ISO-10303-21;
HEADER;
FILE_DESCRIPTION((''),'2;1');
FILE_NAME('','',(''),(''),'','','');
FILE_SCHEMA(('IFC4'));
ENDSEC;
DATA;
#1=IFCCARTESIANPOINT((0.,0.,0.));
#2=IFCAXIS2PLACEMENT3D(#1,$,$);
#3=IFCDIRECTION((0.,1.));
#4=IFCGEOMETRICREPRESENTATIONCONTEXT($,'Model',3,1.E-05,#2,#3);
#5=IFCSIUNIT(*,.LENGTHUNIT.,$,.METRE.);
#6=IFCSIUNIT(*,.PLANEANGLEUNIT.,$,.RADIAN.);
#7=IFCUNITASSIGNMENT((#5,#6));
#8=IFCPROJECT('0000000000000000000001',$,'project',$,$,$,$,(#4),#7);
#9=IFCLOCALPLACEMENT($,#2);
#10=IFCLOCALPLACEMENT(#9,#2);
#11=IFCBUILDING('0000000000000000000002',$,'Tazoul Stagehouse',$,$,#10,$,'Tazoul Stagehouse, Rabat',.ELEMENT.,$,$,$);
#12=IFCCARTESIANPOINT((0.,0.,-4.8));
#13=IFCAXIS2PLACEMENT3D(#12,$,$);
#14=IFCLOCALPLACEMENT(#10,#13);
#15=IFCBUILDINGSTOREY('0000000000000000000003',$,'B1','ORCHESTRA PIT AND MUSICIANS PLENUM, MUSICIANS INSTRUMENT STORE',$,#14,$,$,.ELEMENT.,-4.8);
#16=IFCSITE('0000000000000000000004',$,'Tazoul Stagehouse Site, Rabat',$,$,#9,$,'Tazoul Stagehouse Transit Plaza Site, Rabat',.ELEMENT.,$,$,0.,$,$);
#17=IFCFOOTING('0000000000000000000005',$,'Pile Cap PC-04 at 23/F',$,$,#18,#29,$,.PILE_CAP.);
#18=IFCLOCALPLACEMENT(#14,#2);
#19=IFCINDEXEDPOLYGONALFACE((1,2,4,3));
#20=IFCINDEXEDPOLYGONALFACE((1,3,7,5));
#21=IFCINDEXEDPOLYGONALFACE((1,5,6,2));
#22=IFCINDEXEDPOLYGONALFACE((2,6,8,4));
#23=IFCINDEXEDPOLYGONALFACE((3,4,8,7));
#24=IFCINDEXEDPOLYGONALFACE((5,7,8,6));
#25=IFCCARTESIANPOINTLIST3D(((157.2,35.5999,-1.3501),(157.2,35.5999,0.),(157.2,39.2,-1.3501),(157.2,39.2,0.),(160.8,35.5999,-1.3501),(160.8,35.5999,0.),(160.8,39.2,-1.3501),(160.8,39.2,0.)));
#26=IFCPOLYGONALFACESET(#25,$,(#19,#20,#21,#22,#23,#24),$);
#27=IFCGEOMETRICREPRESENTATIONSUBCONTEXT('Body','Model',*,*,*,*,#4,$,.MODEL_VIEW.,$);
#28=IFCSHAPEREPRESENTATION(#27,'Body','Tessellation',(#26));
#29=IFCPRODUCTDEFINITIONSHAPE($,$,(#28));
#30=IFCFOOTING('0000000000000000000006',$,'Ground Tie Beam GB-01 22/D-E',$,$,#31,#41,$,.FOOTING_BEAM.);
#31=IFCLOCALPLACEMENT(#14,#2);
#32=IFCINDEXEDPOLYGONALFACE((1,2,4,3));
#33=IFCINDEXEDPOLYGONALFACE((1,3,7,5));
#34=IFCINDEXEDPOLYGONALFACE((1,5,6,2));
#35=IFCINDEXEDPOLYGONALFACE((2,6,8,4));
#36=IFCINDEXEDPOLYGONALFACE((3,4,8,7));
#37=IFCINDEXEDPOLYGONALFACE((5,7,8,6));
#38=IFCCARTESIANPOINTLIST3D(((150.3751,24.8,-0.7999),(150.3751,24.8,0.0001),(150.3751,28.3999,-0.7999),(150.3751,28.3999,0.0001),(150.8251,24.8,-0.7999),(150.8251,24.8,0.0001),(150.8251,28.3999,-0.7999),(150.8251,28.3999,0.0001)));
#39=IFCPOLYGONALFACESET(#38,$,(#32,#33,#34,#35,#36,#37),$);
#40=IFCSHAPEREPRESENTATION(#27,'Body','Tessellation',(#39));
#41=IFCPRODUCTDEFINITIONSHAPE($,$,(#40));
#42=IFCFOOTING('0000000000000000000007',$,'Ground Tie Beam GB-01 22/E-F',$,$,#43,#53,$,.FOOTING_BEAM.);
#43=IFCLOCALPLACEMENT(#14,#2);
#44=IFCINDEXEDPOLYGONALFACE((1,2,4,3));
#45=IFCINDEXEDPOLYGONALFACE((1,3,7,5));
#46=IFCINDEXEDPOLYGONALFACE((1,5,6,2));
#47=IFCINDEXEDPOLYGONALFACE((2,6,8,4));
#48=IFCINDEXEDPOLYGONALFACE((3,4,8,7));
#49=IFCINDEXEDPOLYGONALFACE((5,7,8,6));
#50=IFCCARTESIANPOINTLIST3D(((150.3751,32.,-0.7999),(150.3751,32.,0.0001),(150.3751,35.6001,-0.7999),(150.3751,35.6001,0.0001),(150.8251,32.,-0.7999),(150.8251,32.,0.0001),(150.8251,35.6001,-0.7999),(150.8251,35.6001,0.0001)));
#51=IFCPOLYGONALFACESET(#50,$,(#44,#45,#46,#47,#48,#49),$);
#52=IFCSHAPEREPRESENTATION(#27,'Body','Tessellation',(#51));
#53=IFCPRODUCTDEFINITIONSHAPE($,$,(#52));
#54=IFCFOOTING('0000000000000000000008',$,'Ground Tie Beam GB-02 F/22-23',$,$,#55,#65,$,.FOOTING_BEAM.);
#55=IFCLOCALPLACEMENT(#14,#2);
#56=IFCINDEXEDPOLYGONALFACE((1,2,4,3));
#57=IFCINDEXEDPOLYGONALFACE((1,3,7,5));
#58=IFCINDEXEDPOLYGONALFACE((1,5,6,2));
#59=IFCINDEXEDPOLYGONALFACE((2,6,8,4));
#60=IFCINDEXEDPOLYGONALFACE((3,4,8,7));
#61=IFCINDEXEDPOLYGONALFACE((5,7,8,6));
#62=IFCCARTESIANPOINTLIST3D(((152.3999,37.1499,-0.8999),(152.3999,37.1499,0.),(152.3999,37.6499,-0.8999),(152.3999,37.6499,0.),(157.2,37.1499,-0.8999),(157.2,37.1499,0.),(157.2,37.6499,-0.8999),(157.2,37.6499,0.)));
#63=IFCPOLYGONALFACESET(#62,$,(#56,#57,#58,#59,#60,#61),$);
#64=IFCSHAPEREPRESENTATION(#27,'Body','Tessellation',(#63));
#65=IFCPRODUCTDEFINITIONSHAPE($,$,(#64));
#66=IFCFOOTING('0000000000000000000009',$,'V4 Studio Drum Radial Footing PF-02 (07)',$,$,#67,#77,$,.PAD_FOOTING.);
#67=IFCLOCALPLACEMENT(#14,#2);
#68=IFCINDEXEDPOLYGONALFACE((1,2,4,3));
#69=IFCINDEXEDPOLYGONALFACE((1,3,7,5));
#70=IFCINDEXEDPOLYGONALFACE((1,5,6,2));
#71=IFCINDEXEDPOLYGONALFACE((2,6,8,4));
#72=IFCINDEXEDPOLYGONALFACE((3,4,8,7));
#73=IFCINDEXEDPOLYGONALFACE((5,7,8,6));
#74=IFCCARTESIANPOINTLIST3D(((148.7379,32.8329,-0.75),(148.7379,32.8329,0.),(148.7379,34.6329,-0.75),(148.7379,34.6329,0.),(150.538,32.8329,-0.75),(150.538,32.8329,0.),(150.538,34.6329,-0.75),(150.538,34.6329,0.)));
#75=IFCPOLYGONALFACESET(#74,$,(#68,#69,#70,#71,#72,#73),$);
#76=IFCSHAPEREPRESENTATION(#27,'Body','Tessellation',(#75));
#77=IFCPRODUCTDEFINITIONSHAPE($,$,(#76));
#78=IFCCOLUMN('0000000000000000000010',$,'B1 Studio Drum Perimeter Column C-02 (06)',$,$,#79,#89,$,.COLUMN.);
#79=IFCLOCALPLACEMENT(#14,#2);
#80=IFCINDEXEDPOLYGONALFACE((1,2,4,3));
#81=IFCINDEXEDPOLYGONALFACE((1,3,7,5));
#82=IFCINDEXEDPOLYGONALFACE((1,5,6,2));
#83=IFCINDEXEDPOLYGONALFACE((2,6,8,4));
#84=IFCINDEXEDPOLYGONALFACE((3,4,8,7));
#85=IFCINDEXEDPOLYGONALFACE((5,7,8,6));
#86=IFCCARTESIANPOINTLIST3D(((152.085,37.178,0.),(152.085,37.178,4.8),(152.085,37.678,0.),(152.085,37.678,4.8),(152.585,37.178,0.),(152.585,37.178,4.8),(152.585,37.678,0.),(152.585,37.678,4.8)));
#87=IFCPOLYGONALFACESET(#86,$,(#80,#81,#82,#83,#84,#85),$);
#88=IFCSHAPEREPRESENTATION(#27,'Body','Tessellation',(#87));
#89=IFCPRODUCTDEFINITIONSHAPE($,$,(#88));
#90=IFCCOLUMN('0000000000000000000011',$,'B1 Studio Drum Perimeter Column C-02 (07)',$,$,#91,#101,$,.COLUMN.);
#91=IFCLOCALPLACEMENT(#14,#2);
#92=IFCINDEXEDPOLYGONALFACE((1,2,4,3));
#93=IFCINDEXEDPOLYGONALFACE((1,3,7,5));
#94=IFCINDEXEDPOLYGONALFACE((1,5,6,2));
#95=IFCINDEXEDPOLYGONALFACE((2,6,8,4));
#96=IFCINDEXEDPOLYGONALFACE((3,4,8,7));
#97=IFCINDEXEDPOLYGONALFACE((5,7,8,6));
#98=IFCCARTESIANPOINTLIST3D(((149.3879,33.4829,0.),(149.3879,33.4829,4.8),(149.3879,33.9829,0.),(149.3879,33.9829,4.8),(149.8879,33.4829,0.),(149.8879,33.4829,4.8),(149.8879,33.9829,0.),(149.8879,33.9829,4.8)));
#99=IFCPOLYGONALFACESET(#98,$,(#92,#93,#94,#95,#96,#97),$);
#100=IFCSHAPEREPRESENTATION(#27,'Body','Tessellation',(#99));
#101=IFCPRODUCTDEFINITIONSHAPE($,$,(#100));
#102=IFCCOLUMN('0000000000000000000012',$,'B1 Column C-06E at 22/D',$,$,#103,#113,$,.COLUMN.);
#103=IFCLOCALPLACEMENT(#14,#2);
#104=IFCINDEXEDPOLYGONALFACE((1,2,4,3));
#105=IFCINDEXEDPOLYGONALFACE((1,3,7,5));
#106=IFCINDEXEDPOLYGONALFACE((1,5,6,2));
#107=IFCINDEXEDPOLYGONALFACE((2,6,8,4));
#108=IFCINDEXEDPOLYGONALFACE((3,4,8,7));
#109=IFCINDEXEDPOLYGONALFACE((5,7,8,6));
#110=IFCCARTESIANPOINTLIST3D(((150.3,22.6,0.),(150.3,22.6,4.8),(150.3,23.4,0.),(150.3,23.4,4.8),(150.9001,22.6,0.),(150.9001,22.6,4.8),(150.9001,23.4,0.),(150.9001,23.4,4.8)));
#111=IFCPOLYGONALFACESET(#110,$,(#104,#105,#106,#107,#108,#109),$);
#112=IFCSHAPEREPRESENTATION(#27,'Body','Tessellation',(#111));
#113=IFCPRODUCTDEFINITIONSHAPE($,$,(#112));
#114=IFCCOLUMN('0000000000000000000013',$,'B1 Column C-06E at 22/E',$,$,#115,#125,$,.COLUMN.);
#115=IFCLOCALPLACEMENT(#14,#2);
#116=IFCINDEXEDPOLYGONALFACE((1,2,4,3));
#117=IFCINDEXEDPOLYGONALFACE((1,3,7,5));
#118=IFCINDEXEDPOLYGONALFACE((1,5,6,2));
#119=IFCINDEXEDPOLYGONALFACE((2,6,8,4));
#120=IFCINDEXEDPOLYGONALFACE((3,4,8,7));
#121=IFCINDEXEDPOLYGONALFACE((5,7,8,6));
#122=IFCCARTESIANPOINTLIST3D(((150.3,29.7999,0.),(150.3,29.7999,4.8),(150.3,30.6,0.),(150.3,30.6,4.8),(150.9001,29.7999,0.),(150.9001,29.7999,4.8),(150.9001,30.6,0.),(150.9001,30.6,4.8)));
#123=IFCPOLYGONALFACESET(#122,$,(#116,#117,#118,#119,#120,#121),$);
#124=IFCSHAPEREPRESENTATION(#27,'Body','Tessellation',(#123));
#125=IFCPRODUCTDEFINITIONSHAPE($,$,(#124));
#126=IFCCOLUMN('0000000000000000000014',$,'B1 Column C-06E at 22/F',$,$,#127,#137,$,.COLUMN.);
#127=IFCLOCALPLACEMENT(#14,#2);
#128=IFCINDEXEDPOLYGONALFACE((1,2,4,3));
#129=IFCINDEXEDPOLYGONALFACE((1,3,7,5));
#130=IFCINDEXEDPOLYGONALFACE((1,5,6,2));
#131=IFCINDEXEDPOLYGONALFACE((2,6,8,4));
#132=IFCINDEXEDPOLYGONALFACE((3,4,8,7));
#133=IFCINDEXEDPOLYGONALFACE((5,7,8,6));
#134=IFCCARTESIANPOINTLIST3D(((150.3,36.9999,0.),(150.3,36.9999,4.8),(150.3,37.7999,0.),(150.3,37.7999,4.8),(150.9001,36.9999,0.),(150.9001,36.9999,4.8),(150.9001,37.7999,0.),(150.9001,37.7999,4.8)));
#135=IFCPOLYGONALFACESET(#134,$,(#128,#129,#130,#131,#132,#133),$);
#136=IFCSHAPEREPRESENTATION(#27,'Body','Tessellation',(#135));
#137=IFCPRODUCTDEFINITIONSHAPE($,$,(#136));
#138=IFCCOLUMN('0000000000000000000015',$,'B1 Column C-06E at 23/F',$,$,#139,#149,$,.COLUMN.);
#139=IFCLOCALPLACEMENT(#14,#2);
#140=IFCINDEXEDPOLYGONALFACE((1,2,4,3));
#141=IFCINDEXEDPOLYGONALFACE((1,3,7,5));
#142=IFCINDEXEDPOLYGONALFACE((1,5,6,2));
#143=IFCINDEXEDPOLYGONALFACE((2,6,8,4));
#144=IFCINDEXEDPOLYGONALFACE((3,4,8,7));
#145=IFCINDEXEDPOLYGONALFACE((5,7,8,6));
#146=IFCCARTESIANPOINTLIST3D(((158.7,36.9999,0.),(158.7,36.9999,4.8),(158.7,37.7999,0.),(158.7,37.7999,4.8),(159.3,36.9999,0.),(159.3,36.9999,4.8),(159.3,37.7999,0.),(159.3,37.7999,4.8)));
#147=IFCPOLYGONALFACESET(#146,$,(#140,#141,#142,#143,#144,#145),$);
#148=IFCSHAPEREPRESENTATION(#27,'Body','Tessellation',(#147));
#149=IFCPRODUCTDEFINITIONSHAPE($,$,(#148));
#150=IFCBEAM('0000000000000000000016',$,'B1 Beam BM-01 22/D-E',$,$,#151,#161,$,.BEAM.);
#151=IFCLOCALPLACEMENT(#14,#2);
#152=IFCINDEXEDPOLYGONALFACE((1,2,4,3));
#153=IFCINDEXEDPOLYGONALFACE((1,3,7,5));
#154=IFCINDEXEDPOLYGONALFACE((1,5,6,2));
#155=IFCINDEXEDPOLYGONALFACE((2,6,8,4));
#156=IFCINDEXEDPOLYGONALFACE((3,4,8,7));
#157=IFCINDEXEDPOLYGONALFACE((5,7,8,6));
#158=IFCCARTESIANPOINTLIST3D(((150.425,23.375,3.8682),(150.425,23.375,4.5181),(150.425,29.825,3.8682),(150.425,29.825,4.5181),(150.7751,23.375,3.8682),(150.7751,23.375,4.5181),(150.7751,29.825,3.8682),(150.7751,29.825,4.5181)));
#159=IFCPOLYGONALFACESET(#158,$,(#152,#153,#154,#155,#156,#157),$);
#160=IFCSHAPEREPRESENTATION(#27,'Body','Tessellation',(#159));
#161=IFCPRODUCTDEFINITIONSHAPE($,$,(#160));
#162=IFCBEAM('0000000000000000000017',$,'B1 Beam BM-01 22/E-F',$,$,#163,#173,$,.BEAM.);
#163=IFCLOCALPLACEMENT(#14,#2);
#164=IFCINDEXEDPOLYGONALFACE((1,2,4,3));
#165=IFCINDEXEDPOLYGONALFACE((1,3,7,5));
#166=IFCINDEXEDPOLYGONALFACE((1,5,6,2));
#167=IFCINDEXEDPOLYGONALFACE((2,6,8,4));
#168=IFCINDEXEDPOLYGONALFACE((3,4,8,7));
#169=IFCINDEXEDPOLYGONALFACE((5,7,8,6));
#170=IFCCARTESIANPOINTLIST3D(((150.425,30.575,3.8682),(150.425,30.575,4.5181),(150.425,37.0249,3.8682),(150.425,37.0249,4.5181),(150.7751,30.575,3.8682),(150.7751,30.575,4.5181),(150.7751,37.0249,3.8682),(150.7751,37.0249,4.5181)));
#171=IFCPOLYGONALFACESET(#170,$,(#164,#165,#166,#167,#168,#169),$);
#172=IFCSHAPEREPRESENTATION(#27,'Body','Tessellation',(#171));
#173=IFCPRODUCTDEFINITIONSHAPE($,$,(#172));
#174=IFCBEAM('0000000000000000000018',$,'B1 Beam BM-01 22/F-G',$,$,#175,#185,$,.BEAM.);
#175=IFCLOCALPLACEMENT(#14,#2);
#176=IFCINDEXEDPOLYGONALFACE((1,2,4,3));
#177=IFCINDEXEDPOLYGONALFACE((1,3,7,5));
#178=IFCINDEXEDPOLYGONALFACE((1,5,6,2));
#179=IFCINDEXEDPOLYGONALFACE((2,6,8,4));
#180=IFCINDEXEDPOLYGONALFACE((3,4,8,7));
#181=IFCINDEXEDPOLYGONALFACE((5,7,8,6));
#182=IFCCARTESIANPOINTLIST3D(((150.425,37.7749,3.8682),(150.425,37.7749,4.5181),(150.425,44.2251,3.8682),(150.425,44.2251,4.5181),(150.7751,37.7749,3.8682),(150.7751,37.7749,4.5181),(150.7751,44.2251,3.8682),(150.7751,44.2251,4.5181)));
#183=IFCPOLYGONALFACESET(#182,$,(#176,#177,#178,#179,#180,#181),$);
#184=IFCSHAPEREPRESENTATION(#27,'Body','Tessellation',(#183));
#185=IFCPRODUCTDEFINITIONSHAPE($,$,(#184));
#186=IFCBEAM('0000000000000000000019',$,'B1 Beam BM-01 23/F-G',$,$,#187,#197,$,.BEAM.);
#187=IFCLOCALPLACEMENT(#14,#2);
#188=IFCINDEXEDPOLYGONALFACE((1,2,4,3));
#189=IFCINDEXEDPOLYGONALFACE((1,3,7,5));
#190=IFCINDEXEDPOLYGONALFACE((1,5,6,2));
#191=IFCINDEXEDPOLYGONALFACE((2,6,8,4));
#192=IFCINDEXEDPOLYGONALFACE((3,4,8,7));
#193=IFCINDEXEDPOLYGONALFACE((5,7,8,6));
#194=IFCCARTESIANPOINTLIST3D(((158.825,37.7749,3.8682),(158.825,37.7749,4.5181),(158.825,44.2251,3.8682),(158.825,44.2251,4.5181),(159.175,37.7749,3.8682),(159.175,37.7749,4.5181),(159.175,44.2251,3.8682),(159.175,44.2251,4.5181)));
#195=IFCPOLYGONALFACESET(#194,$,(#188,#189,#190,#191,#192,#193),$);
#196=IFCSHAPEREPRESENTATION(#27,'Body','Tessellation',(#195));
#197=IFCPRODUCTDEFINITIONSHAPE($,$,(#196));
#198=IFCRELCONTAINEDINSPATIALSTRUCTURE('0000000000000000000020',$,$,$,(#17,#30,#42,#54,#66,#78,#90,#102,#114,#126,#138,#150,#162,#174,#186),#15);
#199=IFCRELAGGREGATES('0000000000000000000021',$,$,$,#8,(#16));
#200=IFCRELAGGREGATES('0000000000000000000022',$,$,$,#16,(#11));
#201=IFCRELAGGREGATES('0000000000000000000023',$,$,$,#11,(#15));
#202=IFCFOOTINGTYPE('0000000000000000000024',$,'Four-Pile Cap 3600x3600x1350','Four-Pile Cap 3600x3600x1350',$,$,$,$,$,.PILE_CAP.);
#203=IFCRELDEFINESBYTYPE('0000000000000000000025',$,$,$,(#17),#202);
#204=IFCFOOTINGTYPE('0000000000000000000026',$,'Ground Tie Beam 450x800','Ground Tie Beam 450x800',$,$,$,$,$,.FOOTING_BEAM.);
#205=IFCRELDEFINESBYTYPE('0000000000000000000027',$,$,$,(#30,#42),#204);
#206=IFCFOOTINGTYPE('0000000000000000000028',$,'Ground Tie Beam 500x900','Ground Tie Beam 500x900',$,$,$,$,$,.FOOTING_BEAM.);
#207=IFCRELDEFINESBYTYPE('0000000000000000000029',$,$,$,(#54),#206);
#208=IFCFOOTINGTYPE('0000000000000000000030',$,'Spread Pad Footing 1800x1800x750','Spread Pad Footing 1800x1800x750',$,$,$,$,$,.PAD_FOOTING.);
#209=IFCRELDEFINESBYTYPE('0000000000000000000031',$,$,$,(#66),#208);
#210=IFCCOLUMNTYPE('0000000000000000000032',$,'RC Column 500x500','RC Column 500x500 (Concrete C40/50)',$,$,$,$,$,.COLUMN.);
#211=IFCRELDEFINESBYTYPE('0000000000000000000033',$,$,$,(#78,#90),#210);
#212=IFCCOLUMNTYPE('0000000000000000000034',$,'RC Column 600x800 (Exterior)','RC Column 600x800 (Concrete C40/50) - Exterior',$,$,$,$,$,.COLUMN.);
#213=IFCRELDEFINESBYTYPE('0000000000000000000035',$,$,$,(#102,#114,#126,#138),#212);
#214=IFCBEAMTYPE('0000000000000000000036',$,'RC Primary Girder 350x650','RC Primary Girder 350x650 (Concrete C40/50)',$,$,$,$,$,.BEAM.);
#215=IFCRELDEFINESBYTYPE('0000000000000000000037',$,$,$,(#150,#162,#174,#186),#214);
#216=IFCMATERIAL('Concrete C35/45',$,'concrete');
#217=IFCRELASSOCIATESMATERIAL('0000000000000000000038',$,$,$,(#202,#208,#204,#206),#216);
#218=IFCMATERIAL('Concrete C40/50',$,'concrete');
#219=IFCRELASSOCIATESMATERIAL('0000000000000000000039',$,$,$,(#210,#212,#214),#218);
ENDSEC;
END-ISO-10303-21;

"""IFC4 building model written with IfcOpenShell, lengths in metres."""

from ifc_helpers import new_model, si_unit, direction, frame, origin, origin_2d, place, context, subcontext, project, spatial, rectangle, extrude, material, material_profile, profile_set, type_object, element, save


model = new_model("IFC4")

# Units and contexts
model_context = context("Model", 3, precision=1e-05, world=origin(), true_north=direction((0.0, 1.0)))
body_context = subcontext(model_context, "Body", "Model", "MODEL_VIEW")
ifc_project = project(units=[si_unit("LENGTHUNIT", "METRE"), si_unit("PLANEANGLEUNIT", "RADIAN")], contexts=[model_context])

# Site, building, storey
site_placement = place(None, origin())
site = spatial("IfcSite", under=ifc_project, at=site_placement, Name="Tazoul Stagehouse Site, Rabat", LongName="Tazoul Stagehouse Transit Plaza Site, Rabat", CompositionType="ELEMENT", RefElevation=0.0)
building_placement = place(site_placement, origin())
building = spatial("IfcBuilding", under=site, at=building_placement, Name="Tazoul Stagehouse", LongName="Tazoul Stagehouse, Rabat", CompositionType="ELEMENT")
storey_placement = place(building_placement, frame((0.0, 0.0, -4.8)))
storey = spatial("IfcBuildingStorey", under=building, at=storey_placement, Name="B1", Description="ORCHESTRA PIT AND MUSICIANS PLENUM, MUSICIANS INSTRUMENT STORE", CompositionType="ELEMENT", Elevation=-4.8)

# Shared definitions
ifc_material_1 = material(Name="Concrete C35/45", Category="concrete")

# Footings
footing_type_1 = type_object("IfcFootingType", Name="Four-Pile Cap 3600x3600x1350", Description="Four-Pile Cap 3600x3600x1350", PredefinedType="PILE_CAP", material=ifc_material_1)
for number, where, z_axis, x_axis, name in (
    (1, (159.0, 37.3999, -1.3501), (0.0, 0.0, 1.0), (1.0, 0.0, 0.0), "Pile Cap PC-04 at 23/F"),
):
    element("IfcFooting", number, at=place(storey_placement, frame(where, z_axis=z_axis, x_axis=x_axis)), inside=storey, type_object=footing_type_1, Name=name, PredefinedType="PILE_CAP", context=body_context, shape_type="SweptSolid", body=[
        extrude(rectangle(XDim=3.6001, YDim=3.6001, at=origin_2d()), origin(), (0.0, 0.0, 1.0), 1.3501),
    ])
ifc_material_profile_1 = material_profile(ifc_material_1, rectangle(XDim=0.45, YDim=0.8, at=origin_2d()), Name="RC 450x800")
ifc_profile_set_1 = profile_set([ifc_material_profile_1], Name="Concrete C35/45")
footing_type_2 = type_object("IfcFootingType", Name="Ground Tie Beam 450x800", Description="Ground Tie Beam 450x800", PredefinedType="FOOTING_BEAM", material=ifc_profile_set_1)
footing_1_placement = place(storey_placement, frame((150.6001, 24.8, -0.3999), z_axis=(0.0, 1.0, 0.0), x_axis=(-1.0, 0.0, 0.0)))
element("IfcFooting", 2, at=footing_1_placement, inside=storey, type_object=footing_type_2, Name="Ground Tie Beam GB-01 22/D-E", PredefinedType="FOOTING_BEAM", context=body_context, shape_type="SweptSolid", body=[
    extrude(rectangle(XDim=0.45, YDim=0.8, at=origin_2d()), origin(), (0.0, 0.0, 1.0), 3.5999),
])
footing_2_placement = place(storey_placement, frame((150.6001, 32.0, -0.3999), z_axis=(0.0, 1.0, 0.0), x_axis=(-1.0, 0.0, 0.0)))
element("IfcFooting", 3, at=footing_2_placement, inside=storey, type_object=footing_type_2, Name="Ground Tie Beam GB-01 22/E-F", PredefinedType="FOOTING_BEAM", context=body_context, shape_type="SweptSolid", body=[
    extrude(rectangle(XDim=0.45, YDim=0.8, at=origin_2d()), origin(), (0.0, 0.0, 1.0), 3.6001),
])
ifc_material_profile_2 = material_profile(ifc_material_1, rectangle(XDim=0.5, YDim=0.8999, at=origin_2d()), Name="RC 500x900")
ifc_profile_set_2 = profile_set([ifc_material_profile_2], Name="Concrete C35/45")
footing_type_3 = type_object("IfcFootingType", Name="Ground Tie Beam 500x900", Description="Ground Tie Beam 500x900", PredefinedType="FOOTING_BEAM", material=ifc_profile_set_2)
footing_3_placement = place(storey_placement, frame((152.3999, 37.3999, -0.45), z_axis=(1.0, 0.0, 0.0), x_axis=(0.0, 1.0, 0.0)))
element("IfcFooting", 4, at=footing_3_placement, inside=storey, type_object=footing_type_3, Name="Ground Tie Beam GB-02 F/22-23", PredefinedType="FOOTING_BEAM", context=body_context, shape_type="SweptSolid", body=[
    extrude(rectangle(XDim=0.5, YDim=0.8999, at=origin_2d()), origin(), (0.0, 0.0, 1.0), 4.8),
])
footing_type_4 = type_object("IfcFootingType", Name="Spread Pad Footing 1800x1800x750", Description="Spread Pad Footing 1800x1800x750", PredefinedType="PAD_FOOTING", material=ifc_material_1)
footing_4_placement = place(storey_placement, frame((149.6379, 33.7329, -0.75), z_axis=(0.0, 0.0, 1.0), x_axis=(1.0, 0.0, 0.0)))
element("IfcFooting", 5, at=footing_4_placement, inside=storey, type_object=footing_type_4, Name="V4 Studio Drum Radial Footing PF-02 (07)", PredefinedType="PAD_FOOTING", context=body_context, shape_type="SweptSolid", body=[
    extrude(rectangle(XDim=1.8, YDim=1.8, at=origin_2d()), origin(), (0.0, 0.0, 1.0), 0.75),
])

# Columns
ifc_material_2 = material(Name="Concrete C40/50", Category="concrete")
ifc_material_profile_3 = material_profile(ifc_material_2, rectangle(XDim=0.5, YDim=0.5, at=origin_2d()), Name="RC 500x500")
ifc_profile_set_3 = profile_set([ifc_material_profile_3], Name="Concrete C40/50")
column_type_1 = type_object("IfcColumnType", Name="RC Column 500x500", Description="RC Column 500x500 (Concrete C40/50)", PredefinedType="COLUMN", material=ifc_profile_set_3)
for number, where, z_axis, x_axis, name in (
    (6, (152.335, 37.428, 0.0), (0.0, 0.0, 1.0), (1.0, 0.0, 0.0), "B1 Studio Drum Perimeter Column C-02 (06)"),
    (7, (149.6379, 33.7329, 0.0), (0.0, 0.0, 1.0), (1.0, 0.0, 0.0), "B1 Studio Drum Perimeter Column C-02 (07)"),
):
    element("IfcColumn", number, at=place(storey_placement, frame(where, z_axis=z_axis, x_axis=x_axis)), inside=storey, type_object=column_type_1, Name=name, PredefinedType="COLUMN", context=body_context, shape_type="SweptSolid", body=[
        extrude(rectangle(XDim=0.5, YDim=0.5, at=origin_2d()), origin(), (0.0, 0.0, 1.0), 4.8),
    ])
ifc_material_profile_4 = material_profile(ifc_material_2, rectangle(XDim=0.6001, YDim=0.8, at=origin_2d()), Name="RC 600x800")
ifc_profile_set_4 = profile_set([ifc_material_profile_4], Name="Concrete C40/50")
column_type_2 = type_object("IfcColumnType", Name="RC Column 600x800 (Exterior)", Description="RC Column 600x800 (Concrete C40/50) - Exterior", PredefinedType="COLUMN", material=ifc_profile_set_4)
for number, where, z_axis, x_axis, name in (
    (8, (150.6001, 23.0, 0.0), (0.0, 0.0, 1.0), (1.0, 0.0, 0.0), "B1 Column C-06E at 22/D"),
    (9, (150.6001, 30.2, 0.0), (0.0, 0.0, 1.0), (1.0, 0.0, 0.0), "B1 Column C-06E at 22/E"),
    (10, (150.6001, 37.3999, 0.0), (0.0, 0.0, 1.0), (1.0, 0.0, 0.0), "B1 Column C-06E at 22/F"),
    (11, (159.0, 37.3999, 0.0), (0.0, 0.0, 1.0), (1.0, 0.0, 0.0), "B1 Column C-06E at 23/F"),
):
    element("IfcColumn", number, at=place(storey_placement, frame(where, z_axis=z_axis, x_axis=x_axis)), inside=storey, type_object=column_type_2, Name=name, PredefinedType="COLUMN", context=body_context, shape_type="SweptSolid", body=[
        extrude(rectangle(XDim=0.6001, YDim=0.8, at=origin_2d()), origin(), (0.0, 0.0, 1.0), 4.8),
    ])

# Beams
ifc_material_profile_5 = material_profile(ifc_material_2, rectangle(XDim=0.3501, YDim=0.6499, at=origin_2d()), Name="RC 350x650")
ifc_profile_set_5 = profile_set([ifc_material_profile_5], Name="Concrete C40/50")
beam_type_1 = type_object("IfcBeamType", Name="RC Primary Girder 350x650", Description="RC Primary Girder 350x650 (Concrete C40/50)", PredefinedType="BEAM", material=ifc_profile_set_5)
for number, where, z_axis, x_axis, name in (
    (12, (150.6001, 23.375, 4.1931), (0.0, 1.0, 0.0), (-1.0, 0.0, 0.0), "B1 Beam BM-01 22/D-E"),
    (13, (150.6001, 30.575, 4.1931), (0.0, 1.0, 0.0), (-1.0, 0.0, 0.0), "B1 Beam BM-01 22/E-F"),
):
    element("IfcBeam", number, at=place(storey_placement, frame(where, z_axis=z_axis, x_axis=x_axis)), inside=storey, type_object=beam_type_1, Name=name, PredefinedType="BEAM", context=body_context, shape_type="SweptSolid", body=[
        extrude(rectangle(XDim=0.3501, YDim=0.6499, at=origin_2d()), origin(), (0.0, 0.0, 1.0), 6.45),
    ])
for number, where, z_axis, x_axis, name in (
    (14, (150.6001, 37.7749, 4.1931), (0.0, 1.0, 0.0), (-1.0, 0.0, 0.0), "B1 Beam BM-01 22/F-G"),
    (15, (159.0, 37.7749, 4.1931), (0.0, 1.0, 0.0), (-1.0, 0.0, 0.0), "B1 Beam BM-01 23/F-G"),
):
    element("IfcBeam", number, at=place(storey_placement, frame(where, z_axis=z_axis, x_axis=x_axis)), inside=storey, type_object=beam_type_1, Name=name, PredefinedType="BEAM", context=body_context, shape_type="SweptSolid", body=[
        extrude(rectangle(XDim=0.3501, YDim=0.6499, at=origin_2d()), origin(), (0.0, 0.0, 1.0), 6.4502),
    ])

save(model, "model.ifc")
